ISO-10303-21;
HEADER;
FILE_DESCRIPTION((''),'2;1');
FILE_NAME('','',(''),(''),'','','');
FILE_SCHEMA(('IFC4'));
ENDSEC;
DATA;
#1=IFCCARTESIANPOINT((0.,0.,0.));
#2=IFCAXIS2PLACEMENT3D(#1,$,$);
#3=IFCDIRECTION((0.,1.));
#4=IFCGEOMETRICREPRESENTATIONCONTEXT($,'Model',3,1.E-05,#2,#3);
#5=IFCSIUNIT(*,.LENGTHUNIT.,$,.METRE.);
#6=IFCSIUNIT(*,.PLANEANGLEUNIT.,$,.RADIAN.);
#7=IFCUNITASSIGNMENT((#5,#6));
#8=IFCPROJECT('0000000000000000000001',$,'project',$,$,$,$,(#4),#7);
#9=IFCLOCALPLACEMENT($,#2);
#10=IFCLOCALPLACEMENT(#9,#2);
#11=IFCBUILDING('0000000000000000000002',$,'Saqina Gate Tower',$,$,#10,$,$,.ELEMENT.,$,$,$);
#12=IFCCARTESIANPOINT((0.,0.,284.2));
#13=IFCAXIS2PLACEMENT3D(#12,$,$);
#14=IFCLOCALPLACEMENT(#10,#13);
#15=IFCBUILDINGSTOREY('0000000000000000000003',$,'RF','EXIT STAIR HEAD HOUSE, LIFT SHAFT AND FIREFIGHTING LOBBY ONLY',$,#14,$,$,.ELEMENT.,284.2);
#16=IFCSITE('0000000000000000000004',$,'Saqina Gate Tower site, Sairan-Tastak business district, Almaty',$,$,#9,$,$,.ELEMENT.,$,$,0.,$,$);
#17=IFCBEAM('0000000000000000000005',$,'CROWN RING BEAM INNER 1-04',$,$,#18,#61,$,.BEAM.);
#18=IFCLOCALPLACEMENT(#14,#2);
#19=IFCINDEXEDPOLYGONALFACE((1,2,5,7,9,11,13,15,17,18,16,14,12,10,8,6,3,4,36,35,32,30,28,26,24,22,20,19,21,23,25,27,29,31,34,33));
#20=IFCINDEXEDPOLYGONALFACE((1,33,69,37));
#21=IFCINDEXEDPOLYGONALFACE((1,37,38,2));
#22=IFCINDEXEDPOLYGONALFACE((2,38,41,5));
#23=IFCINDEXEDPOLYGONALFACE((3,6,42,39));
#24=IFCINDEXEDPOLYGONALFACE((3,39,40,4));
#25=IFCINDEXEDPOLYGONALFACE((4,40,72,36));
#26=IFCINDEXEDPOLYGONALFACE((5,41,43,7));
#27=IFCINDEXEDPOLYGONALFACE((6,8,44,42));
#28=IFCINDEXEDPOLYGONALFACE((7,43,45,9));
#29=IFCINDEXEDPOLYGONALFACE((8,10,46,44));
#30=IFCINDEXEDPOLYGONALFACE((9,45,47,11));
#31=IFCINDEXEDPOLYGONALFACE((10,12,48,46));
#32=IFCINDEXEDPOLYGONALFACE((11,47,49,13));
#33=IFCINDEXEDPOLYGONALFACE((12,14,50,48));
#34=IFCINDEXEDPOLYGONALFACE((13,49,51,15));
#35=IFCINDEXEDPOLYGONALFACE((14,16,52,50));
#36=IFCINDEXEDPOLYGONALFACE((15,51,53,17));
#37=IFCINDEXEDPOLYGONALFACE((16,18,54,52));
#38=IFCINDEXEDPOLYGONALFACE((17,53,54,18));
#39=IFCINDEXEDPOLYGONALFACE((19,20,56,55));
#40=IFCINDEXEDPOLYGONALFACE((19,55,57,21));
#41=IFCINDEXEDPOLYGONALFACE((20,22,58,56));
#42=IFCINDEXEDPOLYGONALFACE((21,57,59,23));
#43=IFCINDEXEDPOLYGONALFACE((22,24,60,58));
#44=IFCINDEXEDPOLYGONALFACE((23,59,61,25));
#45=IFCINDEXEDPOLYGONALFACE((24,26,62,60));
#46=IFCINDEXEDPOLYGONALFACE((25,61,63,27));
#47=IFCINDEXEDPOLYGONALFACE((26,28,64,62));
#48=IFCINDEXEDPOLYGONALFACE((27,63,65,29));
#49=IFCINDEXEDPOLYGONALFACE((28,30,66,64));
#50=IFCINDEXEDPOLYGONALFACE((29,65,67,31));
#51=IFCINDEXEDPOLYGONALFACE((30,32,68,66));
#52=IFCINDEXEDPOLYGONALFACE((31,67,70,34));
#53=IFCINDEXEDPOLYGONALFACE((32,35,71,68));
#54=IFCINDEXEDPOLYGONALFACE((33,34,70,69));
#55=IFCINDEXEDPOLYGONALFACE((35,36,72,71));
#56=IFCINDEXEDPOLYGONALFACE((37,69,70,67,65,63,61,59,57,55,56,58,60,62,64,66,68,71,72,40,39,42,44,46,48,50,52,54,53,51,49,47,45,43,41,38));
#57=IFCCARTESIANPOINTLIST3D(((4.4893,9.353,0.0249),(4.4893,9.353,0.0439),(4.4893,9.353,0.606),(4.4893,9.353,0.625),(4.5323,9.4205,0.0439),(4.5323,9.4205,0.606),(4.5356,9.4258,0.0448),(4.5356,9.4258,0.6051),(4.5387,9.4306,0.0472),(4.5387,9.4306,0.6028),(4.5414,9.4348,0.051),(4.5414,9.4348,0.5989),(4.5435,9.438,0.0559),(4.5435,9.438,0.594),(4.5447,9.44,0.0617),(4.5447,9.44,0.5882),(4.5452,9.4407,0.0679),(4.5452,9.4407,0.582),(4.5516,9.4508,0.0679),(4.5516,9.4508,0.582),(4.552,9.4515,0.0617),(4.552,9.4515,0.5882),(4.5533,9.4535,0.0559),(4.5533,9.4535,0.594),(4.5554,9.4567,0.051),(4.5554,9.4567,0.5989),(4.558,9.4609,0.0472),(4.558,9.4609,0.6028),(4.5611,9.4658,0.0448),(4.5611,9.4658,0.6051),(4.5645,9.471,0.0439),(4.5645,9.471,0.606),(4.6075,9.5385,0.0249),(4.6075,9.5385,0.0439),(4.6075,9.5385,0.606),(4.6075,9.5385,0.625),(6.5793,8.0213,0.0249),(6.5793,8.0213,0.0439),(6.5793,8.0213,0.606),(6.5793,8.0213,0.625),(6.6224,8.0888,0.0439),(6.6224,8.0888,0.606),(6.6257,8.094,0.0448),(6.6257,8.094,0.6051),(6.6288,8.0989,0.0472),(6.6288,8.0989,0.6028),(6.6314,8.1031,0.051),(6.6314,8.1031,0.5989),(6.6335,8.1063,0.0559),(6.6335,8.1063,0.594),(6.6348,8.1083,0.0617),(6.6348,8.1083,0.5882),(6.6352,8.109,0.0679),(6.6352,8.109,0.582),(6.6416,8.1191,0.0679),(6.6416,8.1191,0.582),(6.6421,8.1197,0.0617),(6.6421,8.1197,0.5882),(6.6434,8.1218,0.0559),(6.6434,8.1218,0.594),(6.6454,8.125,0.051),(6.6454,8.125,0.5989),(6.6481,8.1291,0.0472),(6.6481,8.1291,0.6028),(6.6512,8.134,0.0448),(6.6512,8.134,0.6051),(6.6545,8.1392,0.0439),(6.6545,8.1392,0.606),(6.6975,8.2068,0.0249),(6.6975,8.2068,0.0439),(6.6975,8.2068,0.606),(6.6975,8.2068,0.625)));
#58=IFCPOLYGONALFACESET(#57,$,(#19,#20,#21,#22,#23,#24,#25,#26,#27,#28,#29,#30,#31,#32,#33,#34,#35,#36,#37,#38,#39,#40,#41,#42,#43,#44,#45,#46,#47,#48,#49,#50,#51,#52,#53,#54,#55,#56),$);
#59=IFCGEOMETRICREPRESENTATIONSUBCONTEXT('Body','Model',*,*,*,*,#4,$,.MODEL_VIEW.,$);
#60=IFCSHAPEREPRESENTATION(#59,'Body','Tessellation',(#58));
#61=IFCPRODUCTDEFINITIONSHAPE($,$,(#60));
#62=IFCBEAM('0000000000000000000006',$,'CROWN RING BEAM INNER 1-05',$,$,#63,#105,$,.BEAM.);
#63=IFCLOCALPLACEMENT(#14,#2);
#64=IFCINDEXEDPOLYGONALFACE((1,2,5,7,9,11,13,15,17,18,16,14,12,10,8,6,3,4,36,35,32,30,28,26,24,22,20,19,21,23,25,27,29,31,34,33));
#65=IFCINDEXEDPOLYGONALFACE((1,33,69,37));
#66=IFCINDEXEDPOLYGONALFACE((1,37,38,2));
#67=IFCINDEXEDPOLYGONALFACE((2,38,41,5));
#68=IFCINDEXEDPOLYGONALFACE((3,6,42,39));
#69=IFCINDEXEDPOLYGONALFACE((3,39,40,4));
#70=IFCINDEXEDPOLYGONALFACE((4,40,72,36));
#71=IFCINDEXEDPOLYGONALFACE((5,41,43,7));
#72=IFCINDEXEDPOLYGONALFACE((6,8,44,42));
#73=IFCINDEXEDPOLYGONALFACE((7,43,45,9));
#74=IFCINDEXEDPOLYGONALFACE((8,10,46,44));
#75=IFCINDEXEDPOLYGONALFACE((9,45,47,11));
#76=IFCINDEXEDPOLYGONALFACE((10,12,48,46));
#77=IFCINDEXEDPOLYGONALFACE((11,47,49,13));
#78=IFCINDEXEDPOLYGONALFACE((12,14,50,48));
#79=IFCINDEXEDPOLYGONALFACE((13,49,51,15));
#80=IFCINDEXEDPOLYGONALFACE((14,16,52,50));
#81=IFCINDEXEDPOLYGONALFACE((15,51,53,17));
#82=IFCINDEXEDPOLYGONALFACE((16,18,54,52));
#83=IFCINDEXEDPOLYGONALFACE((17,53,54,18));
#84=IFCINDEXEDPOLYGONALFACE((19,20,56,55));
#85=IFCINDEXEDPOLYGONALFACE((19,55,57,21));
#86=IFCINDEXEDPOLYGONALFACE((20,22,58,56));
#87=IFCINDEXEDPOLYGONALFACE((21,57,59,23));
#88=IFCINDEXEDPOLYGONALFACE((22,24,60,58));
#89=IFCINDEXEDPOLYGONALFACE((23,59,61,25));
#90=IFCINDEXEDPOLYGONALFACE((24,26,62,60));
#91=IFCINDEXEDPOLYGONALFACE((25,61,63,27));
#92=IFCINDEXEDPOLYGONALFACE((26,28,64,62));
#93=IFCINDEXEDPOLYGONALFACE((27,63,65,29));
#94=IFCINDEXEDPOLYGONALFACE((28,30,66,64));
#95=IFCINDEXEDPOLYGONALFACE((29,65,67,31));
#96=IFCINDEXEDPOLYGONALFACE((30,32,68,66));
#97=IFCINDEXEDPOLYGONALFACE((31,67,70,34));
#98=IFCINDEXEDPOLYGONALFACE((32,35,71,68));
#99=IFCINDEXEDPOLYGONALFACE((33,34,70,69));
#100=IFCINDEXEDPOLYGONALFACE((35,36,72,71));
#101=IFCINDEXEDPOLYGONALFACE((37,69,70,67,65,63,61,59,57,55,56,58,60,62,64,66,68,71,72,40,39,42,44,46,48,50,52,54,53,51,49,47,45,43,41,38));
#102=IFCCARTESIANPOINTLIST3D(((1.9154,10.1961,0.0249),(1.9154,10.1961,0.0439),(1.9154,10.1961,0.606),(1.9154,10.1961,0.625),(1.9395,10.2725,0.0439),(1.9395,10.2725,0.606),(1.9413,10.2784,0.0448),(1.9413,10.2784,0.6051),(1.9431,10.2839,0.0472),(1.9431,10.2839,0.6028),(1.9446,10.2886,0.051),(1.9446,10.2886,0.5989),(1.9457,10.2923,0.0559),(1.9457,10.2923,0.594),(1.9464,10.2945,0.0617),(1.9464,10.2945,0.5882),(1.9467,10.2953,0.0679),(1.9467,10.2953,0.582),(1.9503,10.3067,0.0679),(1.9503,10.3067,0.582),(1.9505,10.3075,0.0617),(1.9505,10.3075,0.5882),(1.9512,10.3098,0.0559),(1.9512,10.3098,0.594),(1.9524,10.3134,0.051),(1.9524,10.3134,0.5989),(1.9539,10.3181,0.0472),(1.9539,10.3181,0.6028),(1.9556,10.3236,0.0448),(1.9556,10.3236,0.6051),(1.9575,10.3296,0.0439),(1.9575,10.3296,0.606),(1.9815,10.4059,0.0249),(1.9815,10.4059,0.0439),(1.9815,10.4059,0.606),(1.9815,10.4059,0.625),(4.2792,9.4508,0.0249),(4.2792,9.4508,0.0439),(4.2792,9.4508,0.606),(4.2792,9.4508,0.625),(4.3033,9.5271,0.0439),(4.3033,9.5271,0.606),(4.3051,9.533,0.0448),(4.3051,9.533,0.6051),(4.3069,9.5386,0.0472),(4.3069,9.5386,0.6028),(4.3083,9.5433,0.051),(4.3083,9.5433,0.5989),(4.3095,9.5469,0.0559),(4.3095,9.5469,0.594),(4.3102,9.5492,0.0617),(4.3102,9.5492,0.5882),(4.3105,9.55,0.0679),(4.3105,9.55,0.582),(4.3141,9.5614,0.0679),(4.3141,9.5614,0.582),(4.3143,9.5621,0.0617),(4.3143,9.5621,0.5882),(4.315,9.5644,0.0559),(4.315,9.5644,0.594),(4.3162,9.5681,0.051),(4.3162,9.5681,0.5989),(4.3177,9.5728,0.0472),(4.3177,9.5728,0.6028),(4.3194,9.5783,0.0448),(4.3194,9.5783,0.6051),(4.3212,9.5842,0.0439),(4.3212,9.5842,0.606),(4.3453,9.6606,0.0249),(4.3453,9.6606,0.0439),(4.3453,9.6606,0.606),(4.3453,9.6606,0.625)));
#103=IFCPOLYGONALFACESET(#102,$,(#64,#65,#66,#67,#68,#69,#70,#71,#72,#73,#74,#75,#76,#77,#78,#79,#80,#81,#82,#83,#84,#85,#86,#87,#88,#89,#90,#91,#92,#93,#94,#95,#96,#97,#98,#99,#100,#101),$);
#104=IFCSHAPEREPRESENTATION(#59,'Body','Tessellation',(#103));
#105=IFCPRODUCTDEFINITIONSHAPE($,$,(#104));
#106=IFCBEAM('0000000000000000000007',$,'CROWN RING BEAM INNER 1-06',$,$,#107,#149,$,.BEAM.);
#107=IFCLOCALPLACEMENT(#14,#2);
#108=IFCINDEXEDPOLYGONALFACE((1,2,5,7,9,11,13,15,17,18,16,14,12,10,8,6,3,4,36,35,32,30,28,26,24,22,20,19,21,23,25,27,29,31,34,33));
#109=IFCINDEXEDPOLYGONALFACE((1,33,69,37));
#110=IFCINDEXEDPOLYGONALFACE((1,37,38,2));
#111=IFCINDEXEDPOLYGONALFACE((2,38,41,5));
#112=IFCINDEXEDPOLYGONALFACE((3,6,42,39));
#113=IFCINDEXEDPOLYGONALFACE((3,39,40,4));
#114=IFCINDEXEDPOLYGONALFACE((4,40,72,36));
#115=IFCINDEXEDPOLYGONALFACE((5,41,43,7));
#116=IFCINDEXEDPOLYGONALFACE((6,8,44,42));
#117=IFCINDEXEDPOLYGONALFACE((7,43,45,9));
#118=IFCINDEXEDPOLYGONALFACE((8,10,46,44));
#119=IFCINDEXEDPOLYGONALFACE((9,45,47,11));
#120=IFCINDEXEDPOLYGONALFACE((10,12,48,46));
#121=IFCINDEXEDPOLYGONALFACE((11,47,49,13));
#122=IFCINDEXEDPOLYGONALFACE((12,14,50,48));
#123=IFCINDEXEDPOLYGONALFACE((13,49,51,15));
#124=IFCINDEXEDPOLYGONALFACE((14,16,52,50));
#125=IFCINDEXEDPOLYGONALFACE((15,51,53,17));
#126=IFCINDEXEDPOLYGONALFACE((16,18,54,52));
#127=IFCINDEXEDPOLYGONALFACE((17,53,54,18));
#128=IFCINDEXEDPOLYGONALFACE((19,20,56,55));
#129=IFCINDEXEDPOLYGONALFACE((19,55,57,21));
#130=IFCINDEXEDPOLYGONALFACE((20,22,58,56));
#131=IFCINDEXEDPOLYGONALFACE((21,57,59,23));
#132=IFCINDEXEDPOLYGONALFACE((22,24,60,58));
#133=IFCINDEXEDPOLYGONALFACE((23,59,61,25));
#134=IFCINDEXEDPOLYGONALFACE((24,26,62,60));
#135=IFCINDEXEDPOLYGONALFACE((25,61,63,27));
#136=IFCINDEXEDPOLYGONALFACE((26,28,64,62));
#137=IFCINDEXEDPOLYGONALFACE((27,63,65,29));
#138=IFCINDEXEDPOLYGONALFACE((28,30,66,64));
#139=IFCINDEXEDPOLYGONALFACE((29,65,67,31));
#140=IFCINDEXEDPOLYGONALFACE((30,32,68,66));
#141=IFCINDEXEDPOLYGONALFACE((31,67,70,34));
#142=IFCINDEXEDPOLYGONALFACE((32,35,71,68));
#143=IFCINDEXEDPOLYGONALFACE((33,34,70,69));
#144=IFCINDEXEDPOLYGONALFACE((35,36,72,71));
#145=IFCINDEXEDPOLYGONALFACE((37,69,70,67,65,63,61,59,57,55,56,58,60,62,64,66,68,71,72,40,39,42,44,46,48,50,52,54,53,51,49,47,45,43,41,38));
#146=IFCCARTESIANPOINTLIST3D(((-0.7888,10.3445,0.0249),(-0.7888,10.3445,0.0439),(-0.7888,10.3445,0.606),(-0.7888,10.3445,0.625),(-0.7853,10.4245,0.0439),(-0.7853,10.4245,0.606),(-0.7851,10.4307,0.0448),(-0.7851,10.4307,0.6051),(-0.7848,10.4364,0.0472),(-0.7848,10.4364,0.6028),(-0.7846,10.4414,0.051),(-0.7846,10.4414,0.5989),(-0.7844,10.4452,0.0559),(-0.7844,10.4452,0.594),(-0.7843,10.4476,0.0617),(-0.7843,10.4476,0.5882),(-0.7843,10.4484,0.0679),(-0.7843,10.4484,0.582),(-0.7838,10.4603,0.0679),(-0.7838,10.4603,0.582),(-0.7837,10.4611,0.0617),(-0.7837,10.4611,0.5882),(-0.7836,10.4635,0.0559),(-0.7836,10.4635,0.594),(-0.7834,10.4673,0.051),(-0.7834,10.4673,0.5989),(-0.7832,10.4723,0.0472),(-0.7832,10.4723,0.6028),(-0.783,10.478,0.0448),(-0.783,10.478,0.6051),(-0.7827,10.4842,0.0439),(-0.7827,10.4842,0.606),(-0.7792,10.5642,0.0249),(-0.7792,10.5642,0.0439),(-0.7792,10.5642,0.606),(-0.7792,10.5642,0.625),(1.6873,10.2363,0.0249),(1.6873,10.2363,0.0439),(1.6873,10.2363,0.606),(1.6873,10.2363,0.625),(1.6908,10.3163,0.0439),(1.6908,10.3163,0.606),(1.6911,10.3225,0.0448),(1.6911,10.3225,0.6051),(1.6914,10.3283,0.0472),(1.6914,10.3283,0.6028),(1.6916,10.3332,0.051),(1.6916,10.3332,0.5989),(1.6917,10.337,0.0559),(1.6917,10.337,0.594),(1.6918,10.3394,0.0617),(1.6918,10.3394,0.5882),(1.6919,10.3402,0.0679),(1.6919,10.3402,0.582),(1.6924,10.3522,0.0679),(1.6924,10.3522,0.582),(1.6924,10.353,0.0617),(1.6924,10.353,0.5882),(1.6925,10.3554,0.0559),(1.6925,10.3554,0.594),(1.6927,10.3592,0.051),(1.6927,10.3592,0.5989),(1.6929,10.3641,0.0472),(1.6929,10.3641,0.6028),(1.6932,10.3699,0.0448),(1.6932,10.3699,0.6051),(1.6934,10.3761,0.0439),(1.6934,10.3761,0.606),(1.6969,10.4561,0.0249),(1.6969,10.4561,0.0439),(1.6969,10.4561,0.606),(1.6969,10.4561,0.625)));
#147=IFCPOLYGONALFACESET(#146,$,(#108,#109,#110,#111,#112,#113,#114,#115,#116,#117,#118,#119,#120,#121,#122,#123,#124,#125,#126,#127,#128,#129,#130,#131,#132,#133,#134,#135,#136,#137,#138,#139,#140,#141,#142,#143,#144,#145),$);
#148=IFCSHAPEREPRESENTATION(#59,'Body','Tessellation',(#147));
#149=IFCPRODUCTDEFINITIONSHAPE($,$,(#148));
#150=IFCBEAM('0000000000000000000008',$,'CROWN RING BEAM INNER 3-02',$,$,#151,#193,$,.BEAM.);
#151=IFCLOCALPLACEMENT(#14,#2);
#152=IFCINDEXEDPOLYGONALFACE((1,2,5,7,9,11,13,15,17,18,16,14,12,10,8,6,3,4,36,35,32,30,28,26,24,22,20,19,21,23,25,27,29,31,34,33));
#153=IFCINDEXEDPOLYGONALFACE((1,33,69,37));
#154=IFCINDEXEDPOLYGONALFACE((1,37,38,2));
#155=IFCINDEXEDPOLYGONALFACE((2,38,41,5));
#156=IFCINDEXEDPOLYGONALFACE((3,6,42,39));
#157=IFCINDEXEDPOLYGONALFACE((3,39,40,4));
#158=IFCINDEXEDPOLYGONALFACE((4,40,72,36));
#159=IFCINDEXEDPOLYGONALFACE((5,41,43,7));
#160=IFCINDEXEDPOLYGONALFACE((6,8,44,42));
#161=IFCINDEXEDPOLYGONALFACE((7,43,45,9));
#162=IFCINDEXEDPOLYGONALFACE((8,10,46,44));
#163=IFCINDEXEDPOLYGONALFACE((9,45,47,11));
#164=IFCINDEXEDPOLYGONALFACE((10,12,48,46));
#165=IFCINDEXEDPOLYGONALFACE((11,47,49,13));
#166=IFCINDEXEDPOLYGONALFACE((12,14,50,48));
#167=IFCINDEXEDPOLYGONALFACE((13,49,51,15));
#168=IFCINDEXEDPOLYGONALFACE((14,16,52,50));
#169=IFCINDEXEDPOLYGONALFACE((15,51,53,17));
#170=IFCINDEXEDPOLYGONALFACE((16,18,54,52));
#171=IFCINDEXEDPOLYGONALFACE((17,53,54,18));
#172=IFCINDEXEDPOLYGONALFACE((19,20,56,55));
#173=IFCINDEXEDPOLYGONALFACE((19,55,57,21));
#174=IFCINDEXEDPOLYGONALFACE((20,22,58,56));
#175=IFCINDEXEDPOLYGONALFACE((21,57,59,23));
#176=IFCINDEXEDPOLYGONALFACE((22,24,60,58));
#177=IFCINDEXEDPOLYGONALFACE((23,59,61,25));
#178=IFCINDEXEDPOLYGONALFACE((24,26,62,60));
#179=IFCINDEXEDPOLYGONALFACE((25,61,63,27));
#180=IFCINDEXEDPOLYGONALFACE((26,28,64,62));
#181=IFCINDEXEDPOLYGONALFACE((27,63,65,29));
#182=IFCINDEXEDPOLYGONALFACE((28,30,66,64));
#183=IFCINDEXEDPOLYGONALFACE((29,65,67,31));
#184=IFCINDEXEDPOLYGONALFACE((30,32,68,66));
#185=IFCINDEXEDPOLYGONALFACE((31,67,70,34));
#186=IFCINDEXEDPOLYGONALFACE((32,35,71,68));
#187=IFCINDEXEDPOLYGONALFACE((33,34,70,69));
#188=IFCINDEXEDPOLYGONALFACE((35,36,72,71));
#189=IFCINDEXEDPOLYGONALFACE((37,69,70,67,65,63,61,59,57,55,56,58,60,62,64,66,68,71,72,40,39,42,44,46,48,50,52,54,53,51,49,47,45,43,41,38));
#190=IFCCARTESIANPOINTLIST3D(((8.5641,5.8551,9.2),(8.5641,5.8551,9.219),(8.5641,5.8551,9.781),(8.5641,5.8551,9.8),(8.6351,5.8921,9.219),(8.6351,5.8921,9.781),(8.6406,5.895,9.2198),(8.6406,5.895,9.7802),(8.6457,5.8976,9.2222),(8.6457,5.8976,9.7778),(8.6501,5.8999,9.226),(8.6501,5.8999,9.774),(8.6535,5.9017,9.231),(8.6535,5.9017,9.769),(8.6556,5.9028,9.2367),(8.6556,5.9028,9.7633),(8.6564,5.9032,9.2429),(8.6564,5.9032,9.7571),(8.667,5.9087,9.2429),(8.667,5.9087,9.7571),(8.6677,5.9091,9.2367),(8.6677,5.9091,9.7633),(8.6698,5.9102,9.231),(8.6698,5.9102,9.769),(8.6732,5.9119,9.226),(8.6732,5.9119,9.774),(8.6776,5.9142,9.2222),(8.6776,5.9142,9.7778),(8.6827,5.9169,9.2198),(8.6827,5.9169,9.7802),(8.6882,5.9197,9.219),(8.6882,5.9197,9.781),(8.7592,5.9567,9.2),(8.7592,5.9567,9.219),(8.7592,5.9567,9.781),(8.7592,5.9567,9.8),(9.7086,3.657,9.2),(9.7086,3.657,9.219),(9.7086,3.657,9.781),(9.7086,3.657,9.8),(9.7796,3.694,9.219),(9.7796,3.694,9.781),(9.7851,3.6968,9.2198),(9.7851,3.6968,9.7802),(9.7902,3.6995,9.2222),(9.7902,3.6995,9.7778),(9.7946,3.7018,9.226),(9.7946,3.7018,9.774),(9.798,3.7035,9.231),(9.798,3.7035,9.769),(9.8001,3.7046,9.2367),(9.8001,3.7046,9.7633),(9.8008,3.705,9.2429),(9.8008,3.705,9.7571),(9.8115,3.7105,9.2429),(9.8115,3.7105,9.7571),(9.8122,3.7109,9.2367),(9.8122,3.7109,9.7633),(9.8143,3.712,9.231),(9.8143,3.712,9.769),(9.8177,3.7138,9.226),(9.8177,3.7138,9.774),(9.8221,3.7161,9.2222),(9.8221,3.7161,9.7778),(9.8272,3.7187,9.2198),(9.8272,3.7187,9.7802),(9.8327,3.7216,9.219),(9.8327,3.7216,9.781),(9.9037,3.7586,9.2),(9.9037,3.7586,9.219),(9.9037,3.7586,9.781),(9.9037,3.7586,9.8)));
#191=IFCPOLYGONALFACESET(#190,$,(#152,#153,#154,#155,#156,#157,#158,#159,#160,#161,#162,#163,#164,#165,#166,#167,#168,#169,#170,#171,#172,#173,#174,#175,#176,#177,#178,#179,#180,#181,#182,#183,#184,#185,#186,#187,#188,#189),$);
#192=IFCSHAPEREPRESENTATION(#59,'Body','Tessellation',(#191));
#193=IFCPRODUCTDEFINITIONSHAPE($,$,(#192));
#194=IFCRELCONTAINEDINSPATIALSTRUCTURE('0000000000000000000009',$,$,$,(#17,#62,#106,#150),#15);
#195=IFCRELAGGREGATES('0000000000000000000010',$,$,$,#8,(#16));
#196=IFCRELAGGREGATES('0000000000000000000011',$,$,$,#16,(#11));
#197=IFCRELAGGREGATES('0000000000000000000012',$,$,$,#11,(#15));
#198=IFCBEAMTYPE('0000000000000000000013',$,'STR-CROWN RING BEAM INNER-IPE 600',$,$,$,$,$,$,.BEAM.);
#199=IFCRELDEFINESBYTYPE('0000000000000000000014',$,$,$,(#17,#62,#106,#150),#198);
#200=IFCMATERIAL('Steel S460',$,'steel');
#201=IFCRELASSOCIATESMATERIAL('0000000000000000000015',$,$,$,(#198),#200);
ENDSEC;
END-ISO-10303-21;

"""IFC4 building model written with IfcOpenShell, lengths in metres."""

from ifc_helpers import new_model, si_unit, direction, frame, origin, origin_2d, place, context, subcontext, project, spatial, i_section, extrude, material, material_profile, profile_set, type_object, element, save


model = new_model("IFC4")

# Units and contexts
model_context = context("Model", 3, precision=1e-05, world=origin(), true_north=direction((0.0, 1.0)))
body_context = subcontext(model_context, "Body", "Model", "MODEL_VIEW")
ifc_project = project(units=[si_unit("LENGTHUNIT", "METRE"), si_unit("PLANEANGLEUNIT", "RADIAN")], contexts=[model_context])

# Site, building, storey
site_placement = place(None, origin())
site = spatial("IfcSite", under=ifc_project, at=site_placement, Name="Saqina Gate Tower site, Sairan-Tastak business district, Almaty", CompositionType="ELEMENT", RefElevation=0.0)
building_placement = place(site_placement, origin())
building = spatial("IfcBuilding", under=site, at=building_placement, Name="Saqina Gate Tower", CompositionType="ELEMENT")
storey_placement = place(building_placement, frame((0.0, 0.0, 284.2)))
storey = spatial("IfcBuildingStorey", under=building, at=storey_placement, Name="RF", Description="EXIT STAIR HEAD HOUSE, LIFT SHAFT AND FIREFIGHTING LOBBY ONLY", CompositionType="ELEMENT", Elevation=284.2)

# Beams
ifc_material_1 = material(Name="Steel S460", Category="steel")
ifc_material_profile_1 = material_profile(ifc_material_1, i_section(OverallWidth=0.22, OverallDepth=0.6001, WebThickness=0.012, FlangeThickness=0.019, FilletRadius=0.0239, at=origin_2d()), Name="IPE 600")
ifc_profile_set_1 = profile_set([ifc_material_profile_1], Name="Steel S460")
beam_type_1 = type_object("IfcBeamType", Name="STR-CROWN RING BEAM INNER-IPE 600", PredefinedType="BEAM", material=ifc_profile_set_1)
beam_1_placement = place(storey_placement, frame((6.6384, 8.114, 0.325), z_axis=(-0.843345, 0.537373, 0.0), x_axis=(-0.537373, -0.843345, 0.0)))
element("IfcBeam", 1, at=beam_1_placement, inside=storey, type_object=beam_type_1, Name="CROWN RING BEAM INNER 1-04", PredefinedType="BEAM", context=body_context, shape_type="SweptSolid", body=[
    extrude(i_section(OverallWidth=0.22, OverallDepth=0.6001, WebThickness=0.012, FlangeThickness=0.019, FilletRadius=0.0239, at=origin_2d()), origin(), (0.0, 0.0, 1.0), 2.4783),
])
for number, where, z_axis, x_axis, name in (
    (2, (4.3123, 9.5557, 0.325), (-0.953709, 0.300731, 0.0), (-0.300731, -0.953709, 0.0), "CROWN RING BEAM INNER 1-05"),
    (3, (1.6921, 10.3462, 0.325), (-0.999047, 0.043638, 0.0), (-0.043638, -0.999047, 0.0), "CROWN RING BEAM INNER 1-06"),
):
    element("IfcBeam", number, at=place(storey_placement, frame(where, z_axis=z_axis, x_axis=x_axis)), inside=storey, type_object=beam_type_1, Name=name, PredefinedType="BEAM", context=body_context, shape_type="SweptSolid", body=[
        extrude(i_section(OverallWidth=0.22, OverallDepth=0.6001, WebThickness=0.012, FlangeThickness=0.019, FilletRadius=0.0239, at=origin_2d()), origin(), (0.0, 0.0, 1.0), 2.4785),
    ])
beam_2_placement = place(storey_placement, frame((9.8062, 3.7078, 9.5), z_axis=(-0.461812, 0.886978, 0.0), x_axis=(-0.886978, -0.461812, 0.0)))
element("IfcBeam", 4, at=beam_2_placement, inside=storey, type_object=beam_type_1, Name="CROWN RING BEAM INNER 3-02", PredefinedType="BEAM", context=body_context, shape_type="SweptSolid", body=[
    extrude(i_section(OverallWidth=0.22, OverallDepth=0.6001, WebThickness=0.012, FlangeThickness=0.019, FilletRadius=0.0239, at=origin_2d()), origin(), (0.0, 0.0, 1.0), 2.4783),
])

save(model, "model.ifc")
